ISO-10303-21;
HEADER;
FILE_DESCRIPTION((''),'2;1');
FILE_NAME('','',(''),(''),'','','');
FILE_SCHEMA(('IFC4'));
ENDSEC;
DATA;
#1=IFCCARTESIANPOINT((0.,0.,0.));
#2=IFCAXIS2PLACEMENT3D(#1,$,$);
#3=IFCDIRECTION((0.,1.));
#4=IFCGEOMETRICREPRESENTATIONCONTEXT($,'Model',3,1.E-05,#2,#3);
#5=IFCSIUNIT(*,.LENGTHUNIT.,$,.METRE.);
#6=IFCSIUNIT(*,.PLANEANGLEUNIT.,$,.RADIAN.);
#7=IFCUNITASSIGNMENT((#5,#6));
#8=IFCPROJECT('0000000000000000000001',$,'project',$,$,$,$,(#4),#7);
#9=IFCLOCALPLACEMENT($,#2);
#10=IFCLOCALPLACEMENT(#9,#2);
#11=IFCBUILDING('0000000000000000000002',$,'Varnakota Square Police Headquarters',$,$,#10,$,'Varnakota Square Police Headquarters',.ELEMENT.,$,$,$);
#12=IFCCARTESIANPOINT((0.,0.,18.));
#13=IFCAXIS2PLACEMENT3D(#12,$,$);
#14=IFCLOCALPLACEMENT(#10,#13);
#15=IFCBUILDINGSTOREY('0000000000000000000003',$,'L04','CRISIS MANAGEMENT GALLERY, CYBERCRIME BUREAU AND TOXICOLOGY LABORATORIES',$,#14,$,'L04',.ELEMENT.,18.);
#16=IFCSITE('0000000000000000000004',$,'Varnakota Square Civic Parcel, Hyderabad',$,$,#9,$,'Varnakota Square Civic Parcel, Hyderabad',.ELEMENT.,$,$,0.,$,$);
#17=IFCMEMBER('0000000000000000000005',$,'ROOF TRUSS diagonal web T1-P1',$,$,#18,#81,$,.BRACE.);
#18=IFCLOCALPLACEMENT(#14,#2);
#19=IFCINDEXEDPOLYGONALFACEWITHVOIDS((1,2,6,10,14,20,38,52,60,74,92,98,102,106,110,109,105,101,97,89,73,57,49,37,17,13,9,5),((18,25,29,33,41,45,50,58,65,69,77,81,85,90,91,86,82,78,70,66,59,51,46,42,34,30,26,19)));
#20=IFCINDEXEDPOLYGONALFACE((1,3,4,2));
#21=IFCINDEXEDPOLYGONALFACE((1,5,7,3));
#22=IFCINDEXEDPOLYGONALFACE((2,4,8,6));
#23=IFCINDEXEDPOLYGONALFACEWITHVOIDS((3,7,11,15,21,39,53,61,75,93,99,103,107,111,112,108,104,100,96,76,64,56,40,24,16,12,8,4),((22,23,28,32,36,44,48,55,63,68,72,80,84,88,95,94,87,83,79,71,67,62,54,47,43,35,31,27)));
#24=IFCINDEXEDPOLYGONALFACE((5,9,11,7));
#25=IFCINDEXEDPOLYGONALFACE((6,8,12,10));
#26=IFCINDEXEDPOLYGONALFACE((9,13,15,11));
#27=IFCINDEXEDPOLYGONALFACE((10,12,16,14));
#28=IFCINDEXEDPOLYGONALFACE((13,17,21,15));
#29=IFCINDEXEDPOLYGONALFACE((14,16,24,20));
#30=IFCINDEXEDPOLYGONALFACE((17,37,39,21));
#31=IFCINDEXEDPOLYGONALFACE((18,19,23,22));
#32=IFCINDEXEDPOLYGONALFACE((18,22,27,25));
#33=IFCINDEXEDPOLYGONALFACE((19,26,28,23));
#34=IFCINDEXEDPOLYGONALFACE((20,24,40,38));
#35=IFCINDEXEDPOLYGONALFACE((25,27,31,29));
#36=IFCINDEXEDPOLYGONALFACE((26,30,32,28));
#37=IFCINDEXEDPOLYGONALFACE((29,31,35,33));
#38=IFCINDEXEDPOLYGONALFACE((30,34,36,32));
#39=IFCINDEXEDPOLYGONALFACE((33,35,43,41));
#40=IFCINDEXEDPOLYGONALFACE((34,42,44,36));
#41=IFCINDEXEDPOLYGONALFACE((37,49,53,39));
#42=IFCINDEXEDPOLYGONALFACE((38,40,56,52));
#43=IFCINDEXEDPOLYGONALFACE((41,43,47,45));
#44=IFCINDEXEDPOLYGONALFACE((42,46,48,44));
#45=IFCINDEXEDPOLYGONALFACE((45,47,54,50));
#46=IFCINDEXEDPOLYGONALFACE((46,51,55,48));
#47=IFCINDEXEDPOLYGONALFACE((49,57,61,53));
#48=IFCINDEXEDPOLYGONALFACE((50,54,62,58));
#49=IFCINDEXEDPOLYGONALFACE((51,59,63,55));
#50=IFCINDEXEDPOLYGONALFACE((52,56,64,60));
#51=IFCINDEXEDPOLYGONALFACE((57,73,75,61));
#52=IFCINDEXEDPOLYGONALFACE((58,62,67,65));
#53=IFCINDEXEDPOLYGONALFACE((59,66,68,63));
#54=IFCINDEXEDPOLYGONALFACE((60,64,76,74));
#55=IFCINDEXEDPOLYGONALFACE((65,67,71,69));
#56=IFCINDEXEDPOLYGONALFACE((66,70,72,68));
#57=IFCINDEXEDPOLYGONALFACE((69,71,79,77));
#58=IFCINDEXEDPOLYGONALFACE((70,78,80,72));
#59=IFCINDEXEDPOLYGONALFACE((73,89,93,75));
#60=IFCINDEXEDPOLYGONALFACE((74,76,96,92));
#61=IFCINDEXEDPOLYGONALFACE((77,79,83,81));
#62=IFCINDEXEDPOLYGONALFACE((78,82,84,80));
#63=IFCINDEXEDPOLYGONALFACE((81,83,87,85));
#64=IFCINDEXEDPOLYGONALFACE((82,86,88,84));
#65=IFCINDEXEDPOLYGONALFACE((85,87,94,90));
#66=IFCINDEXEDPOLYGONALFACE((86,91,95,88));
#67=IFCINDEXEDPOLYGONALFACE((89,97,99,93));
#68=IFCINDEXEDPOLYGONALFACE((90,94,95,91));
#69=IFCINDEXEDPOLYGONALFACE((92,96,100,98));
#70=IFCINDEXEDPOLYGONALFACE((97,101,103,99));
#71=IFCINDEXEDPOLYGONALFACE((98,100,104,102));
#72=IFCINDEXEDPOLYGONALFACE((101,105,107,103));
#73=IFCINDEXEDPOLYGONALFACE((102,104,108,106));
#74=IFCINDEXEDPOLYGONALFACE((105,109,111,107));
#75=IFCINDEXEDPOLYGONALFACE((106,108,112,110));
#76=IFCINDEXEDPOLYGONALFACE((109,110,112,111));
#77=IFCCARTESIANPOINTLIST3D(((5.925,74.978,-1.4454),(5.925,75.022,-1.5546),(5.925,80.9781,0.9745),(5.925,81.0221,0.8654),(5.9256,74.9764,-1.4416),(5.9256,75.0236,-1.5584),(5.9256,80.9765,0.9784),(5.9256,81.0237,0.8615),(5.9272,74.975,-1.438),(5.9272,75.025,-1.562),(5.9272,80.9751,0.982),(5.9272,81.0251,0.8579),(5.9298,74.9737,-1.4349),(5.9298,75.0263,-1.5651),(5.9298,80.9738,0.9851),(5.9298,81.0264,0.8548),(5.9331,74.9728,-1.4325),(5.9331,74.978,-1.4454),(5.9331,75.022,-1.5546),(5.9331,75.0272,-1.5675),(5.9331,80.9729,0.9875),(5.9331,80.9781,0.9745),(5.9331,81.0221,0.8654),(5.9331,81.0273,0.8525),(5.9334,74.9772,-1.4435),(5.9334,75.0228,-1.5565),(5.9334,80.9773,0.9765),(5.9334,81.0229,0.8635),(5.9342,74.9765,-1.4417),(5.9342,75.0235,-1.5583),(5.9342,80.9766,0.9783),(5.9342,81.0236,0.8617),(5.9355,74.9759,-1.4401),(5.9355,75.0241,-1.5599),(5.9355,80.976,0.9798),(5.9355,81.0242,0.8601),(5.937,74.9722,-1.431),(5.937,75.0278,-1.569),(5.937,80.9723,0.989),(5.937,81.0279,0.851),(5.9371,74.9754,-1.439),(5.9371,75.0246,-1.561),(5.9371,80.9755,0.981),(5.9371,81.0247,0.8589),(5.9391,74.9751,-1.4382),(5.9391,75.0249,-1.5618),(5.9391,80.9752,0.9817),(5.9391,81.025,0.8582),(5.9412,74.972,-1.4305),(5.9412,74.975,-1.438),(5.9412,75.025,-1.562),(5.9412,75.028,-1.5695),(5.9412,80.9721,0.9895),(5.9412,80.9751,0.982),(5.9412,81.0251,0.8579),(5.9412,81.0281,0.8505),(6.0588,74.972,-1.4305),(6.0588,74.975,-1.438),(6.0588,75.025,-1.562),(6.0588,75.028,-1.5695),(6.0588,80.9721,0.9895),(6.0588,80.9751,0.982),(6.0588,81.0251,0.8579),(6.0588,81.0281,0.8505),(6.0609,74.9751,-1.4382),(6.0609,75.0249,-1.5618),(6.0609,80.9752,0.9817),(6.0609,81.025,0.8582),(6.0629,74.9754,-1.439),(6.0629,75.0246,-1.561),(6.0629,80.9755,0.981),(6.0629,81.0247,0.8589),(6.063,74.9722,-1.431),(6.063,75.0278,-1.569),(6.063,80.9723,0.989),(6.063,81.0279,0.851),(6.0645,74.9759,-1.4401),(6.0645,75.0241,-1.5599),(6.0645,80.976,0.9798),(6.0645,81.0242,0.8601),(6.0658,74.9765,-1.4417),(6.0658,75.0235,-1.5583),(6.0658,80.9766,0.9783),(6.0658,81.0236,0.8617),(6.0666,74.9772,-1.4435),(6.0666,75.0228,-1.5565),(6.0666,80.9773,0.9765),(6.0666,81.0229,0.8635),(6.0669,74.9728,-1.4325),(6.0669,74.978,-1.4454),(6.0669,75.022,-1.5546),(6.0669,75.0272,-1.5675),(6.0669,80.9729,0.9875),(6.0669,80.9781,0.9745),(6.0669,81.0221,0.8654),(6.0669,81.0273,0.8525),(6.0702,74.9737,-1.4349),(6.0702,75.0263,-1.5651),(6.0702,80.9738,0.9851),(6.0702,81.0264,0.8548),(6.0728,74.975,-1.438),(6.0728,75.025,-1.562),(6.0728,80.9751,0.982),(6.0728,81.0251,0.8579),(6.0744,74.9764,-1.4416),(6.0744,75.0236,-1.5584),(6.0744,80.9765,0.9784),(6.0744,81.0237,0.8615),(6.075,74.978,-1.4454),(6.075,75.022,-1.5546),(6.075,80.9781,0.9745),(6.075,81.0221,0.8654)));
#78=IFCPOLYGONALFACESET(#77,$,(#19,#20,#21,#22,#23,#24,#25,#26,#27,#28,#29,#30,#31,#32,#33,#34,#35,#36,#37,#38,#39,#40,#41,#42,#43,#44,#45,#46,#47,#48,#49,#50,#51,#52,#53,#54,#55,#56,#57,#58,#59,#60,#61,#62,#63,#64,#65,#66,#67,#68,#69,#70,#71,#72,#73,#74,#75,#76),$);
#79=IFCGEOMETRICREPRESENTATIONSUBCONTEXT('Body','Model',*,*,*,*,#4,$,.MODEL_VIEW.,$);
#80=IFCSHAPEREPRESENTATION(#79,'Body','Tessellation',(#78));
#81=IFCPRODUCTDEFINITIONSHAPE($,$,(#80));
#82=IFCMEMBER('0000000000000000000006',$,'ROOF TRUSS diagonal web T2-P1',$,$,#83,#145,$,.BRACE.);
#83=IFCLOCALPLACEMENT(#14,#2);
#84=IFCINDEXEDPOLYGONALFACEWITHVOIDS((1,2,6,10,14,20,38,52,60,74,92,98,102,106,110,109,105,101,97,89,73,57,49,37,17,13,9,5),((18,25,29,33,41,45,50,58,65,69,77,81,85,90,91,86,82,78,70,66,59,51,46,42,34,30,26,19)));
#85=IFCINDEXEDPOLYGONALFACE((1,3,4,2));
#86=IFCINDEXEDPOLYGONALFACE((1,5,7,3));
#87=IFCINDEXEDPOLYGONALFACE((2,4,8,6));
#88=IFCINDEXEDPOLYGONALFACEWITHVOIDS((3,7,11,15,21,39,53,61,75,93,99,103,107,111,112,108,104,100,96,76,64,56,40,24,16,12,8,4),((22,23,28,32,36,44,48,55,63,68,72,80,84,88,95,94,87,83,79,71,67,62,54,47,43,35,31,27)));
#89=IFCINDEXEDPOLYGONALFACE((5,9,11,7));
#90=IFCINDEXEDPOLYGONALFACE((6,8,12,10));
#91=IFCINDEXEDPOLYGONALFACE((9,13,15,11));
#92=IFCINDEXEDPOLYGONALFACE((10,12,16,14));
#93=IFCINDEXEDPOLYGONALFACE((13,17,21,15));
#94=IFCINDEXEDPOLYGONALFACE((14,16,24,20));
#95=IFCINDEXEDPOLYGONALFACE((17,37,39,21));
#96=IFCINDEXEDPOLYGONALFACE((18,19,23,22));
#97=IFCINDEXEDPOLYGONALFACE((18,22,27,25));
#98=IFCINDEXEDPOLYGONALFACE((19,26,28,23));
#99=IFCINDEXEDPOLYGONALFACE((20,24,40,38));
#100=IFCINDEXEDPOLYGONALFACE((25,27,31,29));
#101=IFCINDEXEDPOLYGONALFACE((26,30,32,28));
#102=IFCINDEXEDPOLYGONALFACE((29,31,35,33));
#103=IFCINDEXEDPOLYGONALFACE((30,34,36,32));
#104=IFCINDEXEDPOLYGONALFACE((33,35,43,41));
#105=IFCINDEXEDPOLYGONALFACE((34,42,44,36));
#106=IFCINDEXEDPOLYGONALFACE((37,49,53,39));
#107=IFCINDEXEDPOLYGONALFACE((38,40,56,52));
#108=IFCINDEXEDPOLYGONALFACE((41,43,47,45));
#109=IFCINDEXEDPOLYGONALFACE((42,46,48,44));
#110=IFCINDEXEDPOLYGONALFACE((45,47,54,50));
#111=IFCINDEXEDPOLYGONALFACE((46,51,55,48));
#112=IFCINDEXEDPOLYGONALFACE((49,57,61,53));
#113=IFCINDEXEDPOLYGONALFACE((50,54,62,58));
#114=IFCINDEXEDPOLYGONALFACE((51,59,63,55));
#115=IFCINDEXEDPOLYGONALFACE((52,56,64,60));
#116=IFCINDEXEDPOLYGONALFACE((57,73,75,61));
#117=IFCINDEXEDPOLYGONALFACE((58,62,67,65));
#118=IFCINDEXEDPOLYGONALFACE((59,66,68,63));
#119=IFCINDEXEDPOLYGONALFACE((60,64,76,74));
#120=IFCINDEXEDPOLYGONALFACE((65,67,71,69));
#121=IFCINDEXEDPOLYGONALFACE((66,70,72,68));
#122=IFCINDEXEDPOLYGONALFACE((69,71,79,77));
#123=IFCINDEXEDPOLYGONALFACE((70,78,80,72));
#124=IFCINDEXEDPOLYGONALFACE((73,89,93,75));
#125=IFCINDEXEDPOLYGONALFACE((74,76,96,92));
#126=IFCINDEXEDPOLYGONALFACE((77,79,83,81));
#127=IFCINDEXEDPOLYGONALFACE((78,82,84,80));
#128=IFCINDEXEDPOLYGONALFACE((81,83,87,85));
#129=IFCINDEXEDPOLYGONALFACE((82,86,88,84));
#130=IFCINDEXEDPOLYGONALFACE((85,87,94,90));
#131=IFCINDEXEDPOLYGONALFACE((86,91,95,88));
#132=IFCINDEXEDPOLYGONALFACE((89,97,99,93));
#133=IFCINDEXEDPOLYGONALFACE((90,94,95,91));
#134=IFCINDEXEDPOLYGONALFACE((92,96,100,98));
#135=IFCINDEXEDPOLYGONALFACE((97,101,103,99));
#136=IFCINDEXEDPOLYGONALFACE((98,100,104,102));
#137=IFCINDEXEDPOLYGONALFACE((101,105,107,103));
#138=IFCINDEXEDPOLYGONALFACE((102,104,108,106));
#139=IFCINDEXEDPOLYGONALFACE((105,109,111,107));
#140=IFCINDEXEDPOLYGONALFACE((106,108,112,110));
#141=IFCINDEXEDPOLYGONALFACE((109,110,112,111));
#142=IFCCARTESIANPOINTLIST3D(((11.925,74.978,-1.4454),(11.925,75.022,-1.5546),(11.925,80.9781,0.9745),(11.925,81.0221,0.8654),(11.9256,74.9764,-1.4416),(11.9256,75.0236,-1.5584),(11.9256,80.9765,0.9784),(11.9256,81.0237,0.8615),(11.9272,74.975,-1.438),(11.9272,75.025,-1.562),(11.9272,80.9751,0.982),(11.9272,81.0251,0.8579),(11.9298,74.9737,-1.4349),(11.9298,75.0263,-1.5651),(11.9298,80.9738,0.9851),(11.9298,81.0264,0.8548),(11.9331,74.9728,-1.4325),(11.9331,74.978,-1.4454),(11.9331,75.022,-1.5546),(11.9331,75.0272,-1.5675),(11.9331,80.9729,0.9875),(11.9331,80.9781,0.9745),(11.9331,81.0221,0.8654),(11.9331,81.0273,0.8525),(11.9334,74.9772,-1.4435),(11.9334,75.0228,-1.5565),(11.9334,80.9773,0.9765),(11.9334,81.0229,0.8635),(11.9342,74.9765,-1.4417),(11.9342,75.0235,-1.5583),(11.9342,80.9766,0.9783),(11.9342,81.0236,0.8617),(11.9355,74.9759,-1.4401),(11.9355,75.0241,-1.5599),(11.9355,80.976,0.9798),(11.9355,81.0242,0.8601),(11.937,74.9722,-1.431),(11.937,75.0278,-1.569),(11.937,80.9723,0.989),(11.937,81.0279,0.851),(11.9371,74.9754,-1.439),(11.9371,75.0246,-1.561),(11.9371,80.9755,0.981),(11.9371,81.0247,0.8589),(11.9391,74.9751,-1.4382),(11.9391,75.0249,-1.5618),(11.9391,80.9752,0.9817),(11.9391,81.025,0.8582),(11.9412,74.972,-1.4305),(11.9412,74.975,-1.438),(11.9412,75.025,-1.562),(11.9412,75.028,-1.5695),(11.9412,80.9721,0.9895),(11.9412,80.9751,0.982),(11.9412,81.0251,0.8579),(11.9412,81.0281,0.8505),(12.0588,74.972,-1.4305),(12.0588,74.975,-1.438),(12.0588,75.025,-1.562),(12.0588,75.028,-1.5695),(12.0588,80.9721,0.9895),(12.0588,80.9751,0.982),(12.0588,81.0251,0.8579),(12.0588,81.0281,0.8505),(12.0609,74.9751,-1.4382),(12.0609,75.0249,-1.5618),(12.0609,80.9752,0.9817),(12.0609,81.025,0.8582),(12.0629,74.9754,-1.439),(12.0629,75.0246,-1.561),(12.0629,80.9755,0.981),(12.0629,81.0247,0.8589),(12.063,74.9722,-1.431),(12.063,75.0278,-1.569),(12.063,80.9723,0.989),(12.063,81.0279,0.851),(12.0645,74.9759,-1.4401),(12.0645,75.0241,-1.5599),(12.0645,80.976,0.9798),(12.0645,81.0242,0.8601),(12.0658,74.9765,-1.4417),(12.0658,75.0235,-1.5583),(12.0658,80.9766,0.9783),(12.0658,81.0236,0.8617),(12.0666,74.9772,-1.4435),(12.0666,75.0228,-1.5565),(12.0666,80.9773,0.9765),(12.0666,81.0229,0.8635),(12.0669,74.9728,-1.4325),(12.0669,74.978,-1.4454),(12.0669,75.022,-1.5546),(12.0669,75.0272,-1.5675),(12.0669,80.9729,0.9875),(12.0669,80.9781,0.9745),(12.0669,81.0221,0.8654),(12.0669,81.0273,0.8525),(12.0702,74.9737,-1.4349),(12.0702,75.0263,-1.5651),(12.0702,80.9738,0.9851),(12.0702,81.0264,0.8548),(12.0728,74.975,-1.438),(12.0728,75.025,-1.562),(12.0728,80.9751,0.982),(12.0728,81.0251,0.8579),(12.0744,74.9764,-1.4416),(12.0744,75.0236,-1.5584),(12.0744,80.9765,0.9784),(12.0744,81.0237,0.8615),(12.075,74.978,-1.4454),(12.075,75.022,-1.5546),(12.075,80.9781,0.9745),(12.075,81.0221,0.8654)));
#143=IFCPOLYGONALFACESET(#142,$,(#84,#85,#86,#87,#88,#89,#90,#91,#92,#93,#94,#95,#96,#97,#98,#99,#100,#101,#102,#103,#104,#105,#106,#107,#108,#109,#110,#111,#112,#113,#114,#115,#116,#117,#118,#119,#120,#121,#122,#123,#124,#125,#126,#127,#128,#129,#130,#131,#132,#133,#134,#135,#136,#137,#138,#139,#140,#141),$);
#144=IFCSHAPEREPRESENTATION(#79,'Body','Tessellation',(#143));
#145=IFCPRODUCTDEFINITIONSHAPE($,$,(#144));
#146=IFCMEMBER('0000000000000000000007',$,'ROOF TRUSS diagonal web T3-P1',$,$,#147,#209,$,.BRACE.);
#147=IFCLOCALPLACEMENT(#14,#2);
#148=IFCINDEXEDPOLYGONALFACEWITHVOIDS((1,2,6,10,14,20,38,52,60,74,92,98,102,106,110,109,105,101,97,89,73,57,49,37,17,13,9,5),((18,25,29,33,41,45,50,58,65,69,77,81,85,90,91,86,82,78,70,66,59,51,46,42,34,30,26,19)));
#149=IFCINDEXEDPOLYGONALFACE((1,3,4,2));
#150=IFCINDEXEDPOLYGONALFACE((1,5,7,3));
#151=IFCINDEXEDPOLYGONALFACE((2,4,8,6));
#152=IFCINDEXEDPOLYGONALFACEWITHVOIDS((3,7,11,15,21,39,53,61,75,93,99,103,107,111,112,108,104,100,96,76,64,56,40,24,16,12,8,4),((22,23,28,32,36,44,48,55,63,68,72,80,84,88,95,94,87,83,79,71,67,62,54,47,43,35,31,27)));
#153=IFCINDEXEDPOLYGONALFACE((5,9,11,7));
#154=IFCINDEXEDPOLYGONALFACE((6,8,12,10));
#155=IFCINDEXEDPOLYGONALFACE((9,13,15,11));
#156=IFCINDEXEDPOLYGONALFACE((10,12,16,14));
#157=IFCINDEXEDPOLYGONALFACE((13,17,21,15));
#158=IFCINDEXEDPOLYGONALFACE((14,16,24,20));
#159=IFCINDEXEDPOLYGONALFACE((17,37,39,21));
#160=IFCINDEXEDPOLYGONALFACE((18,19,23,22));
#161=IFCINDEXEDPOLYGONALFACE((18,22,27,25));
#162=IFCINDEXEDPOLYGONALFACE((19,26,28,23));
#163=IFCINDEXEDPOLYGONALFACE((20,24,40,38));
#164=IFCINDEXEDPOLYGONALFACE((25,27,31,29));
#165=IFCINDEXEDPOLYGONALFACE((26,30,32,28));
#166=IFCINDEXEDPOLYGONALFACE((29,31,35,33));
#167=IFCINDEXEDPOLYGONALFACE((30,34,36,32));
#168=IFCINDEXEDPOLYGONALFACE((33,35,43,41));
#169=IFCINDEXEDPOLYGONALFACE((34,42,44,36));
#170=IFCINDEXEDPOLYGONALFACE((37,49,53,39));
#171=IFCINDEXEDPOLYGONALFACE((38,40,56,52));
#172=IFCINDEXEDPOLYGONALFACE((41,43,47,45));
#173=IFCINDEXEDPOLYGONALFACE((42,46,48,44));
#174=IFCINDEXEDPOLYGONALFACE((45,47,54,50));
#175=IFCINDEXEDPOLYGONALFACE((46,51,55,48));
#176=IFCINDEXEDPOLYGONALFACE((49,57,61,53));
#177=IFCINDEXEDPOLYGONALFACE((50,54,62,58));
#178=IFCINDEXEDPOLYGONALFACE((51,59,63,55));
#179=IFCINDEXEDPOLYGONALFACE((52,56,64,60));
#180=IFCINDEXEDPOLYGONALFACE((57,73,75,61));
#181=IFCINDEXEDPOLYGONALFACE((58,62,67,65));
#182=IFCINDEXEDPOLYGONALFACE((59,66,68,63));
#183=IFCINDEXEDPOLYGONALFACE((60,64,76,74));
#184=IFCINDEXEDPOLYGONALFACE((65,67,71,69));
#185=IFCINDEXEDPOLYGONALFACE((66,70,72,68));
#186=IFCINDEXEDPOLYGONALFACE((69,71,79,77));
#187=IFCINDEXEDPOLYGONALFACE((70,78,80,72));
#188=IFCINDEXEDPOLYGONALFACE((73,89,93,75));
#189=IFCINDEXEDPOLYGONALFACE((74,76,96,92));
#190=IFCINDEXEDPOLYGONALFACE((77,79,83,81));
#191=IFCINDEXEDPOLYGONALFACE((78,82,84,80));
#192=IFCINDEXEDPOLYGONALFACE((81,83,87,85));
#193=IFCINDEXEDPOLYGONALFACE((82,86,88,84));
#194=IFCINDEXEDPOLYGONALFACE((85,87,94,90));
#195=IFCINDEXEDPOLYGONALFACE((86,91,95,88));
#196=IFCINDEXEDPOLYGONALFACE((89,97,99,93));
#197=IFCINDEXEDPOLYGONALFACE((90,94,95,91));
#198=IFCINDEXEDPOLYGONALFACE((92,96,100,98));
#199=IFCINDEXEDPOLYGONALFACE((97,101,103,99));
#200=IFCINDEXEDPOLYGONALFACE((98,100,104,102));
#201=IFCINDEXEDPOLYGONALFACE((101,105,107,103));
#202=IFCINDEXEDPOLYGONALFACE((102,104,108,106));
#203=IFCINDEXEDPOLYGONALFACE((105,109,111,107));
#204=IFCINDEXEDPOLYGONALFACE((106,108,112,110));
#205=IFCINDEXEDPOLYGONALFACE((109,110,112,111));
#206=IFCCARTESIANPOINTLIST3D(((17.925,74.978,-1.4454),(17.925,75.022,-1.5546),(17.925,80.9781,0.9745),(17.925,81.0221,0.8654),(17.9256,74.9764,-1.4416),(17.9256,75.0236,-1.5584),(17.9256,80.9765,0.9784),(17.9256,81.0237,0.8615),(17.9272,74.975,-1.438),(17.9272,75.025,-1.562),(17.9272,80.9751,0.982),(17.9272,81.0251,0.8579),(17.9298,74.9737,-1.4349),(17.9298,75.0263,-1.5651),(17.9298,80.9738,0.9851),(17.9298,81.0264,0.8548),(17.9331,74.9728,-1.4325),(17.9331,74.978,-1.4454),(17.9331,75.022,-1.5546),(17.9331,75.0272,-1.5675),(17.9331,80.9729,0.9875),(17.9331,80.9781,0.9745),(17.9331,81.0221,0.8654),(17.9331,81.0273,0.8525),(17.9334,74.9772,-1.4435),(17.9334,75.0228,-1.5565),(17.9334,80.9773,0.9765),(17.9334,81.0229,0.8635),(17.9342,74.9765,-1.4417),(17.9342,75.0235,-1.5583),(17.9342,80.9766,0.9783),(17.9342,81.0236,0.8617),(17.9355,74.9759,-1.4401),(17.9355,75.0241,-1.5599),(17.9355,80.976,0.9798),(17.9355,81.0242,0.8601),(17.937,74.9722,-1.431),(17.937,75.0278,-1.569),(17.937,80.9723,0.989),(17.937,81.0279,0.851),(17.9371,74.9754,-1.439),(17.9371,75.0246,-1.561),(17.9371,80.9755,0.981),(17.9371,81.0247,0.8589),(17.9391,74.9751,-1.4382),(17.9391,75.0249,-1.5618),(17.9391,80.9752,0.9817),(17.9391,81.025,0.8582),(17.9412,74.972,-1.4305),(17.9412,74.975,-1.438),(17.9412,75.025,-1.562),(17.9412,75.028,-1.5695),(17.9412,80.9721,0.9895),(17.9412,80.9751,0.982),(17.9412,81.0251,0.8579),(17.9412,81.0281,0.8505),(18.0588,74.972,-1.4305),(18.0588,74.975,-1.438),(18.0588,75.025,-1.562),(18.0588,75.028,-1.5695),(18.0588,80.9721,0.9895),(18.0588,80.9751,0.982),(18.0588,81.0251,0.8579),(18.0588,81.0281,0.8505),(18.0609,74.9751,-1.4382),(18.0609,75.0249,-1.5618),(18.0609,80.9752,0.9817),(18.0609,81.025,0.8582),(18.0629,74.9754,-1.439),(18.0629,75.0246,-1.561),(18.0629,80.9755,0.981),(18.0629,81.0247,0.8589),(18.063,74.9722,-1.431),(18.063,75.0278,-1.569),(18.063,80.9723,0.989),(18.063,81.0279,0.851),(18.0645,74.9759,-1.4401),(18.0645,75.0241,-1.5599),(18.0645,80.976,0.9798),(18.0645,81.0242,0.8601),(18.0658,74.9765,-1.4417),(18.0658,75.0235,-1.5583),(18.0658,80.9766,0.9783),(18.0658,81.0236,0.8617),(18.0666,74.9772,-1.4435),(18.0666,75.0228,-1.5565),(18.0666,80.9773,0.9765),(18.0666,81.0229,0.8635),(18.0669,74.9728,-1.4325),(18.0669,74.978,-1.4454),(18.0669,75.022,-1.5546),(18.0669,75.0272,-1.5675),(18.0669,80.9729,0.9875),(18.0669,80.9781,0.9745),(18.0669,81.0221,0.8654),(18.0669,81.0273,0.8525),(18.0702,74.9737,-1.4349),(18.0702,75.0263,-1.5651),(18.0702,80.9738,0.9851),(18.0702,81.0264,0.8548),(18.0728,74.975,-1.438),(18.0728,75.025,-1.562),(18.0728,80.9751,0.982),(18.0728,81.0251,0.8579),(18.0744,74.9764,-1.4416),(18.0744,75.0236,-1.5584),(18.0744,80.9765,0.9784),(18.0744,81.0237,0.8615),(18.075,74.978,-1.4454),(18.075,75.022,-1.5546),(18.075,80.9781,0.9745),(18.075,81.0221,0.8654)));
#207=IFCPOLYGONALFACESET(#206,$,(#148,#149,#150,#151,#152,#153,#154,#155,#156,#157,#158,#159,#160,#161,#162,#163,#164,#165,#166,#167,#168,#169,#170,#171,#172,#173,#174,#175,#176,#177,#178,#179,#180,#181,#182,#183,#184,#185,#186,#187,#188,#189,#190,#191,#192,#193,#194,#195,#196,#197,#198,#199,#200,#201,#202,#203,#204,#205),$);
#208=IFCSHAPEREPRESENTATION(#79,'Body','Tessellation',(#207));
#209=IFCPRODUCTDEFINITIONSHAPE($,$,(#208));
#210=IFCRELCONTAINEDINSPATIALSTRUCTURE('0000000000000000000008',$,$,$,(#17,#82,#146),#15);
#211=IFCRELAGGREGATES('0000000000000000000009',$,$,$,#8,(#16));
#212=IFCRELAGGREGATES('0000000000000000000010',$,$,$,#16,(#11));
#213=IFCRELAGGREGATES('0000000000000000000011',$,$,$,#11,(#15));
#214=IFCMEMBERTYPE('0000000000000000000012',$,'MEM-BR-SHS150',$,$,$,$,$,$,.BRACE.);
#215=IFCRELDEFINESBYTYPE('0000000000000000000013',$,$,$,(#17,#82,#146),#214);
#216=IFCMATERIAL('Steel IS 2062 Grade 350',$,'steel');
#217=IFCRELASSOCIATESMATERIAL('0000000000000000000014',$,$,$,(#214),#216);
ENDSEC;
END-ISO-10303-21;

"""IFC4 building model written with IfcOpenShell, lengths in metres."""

from ifc_helpers import new_model, si_unit, direction, frame, origin, origin_2d, place, context, subcontext, project, spatial, hollow_rectangle, extrude, material, material_profile, profile_set, type_object, element, save


model = new_model("IFC4")

# Units and contexts
model_context = context("Model", 3, precision=1e-05, world=origin(), true_north=direction((0.0, 1.0)))
body_context = subcontext(model_context, "Body", "Model", "MODEL_VIEW")
ifc_project = project(units=[si_unit("LENGTHUNIT", "METRE"), si_unit("PLANEANGLEUNIT", "RADIAN")], contexts=[model_context])

# Site, building, storey
site_placement = place(None, origin())
site = spatial("IfcSite", under=ifc_project, at=site_placement, Name="Varnakota Square Civic Parcel, Hyderabad", LongName="Varnakota Square Civic Parcel, Hyderabad", CompositionType="ELEMENT", RefElevation=0.0)
building_placement = place(site_placement, origin())
building = spatial("IfcBuilding", under=site, at=building_placement, Name="Varnakota Square Police Headquarters", LongName="Varnakota Square Police Headquarters", CompositionType="ELEMENT")
storey_placement = place(building_placement, frame((0.0, 0.0, 18.0)))
storey = spatial("IfcBuildingStorey", under=building, at=storey_placement, Name="L04", Description="CRISIS MANAGEMENT GALLERY, CYBERCRIME BUREAU AND TOXICOLOGY LABORATORIES", LongName="L04", CompositionType="ELEMENT", Elevation=18.0)

# Shared definitions
ifc_material_1 = material(Name="Steel IS 2062 Grade 350", Category="steel")

# Members
ifc_material_profile_1 = material_profile(ifc_material_1, hollow_rectangle(XDim=0.1499, YDim=0.1499, WallThickness=0.0081, InnerFilletRadius=0.0081, OuterFilletRadius=0.0161, at=origin_2d()), Name="SHS 150x150x8")
ifc_profile_set_1 = profile_set([ifc_material_profile_1], Name="Steel IS 2062 Grade 350")
member_type_1 = type_object("IfcMemberType", Name="MEM-BR-SHS150", PredefinedType="BRACE", material=ifc_profile_set_1)
for number, where, z_axis, x_axis, name in (
    (1, (6.0, 75.0, -1.5), (0.0, 0.927411, 0.374044), (-1.0, 0.0, 0.0), "ROOF TRUSS diagonal web T1-P1"),
    (2, (12.0, 75.0, -1.5), (0.0, 0.927411, 0.374044), (-1.0, 0.0, 0.0), "ROOF TRUSS diagonal web T2-P1"),
    (3, (18.0, 75.0, -1.5), (0.0, 0.927411, 0.374044), (-1.0, 0.0, 0.0), "ROOF TRUSS diagonal web T3-P1"),
):
    element("IfcMember", number, at=place(storey_placement, frame(where, z_axis=z_axis, x_axis=x_axis)), inside=storey, type_object=member_type_1, Name=name, PredefinedType="BRACE", context=body_context, shape_type="SweptSolid", body=[
        extrude(hollow_rectangle(XDim=0.1499, YDim=0.1499, WallThickness=0.0081, InnerFilletRadius=0.0081, OuterFilletRadius=0.0161, at=origin_2d()), origin(), (0.0, 0.0, 1.0), 6.4697),
    ])

save(model, "model.ifc")
